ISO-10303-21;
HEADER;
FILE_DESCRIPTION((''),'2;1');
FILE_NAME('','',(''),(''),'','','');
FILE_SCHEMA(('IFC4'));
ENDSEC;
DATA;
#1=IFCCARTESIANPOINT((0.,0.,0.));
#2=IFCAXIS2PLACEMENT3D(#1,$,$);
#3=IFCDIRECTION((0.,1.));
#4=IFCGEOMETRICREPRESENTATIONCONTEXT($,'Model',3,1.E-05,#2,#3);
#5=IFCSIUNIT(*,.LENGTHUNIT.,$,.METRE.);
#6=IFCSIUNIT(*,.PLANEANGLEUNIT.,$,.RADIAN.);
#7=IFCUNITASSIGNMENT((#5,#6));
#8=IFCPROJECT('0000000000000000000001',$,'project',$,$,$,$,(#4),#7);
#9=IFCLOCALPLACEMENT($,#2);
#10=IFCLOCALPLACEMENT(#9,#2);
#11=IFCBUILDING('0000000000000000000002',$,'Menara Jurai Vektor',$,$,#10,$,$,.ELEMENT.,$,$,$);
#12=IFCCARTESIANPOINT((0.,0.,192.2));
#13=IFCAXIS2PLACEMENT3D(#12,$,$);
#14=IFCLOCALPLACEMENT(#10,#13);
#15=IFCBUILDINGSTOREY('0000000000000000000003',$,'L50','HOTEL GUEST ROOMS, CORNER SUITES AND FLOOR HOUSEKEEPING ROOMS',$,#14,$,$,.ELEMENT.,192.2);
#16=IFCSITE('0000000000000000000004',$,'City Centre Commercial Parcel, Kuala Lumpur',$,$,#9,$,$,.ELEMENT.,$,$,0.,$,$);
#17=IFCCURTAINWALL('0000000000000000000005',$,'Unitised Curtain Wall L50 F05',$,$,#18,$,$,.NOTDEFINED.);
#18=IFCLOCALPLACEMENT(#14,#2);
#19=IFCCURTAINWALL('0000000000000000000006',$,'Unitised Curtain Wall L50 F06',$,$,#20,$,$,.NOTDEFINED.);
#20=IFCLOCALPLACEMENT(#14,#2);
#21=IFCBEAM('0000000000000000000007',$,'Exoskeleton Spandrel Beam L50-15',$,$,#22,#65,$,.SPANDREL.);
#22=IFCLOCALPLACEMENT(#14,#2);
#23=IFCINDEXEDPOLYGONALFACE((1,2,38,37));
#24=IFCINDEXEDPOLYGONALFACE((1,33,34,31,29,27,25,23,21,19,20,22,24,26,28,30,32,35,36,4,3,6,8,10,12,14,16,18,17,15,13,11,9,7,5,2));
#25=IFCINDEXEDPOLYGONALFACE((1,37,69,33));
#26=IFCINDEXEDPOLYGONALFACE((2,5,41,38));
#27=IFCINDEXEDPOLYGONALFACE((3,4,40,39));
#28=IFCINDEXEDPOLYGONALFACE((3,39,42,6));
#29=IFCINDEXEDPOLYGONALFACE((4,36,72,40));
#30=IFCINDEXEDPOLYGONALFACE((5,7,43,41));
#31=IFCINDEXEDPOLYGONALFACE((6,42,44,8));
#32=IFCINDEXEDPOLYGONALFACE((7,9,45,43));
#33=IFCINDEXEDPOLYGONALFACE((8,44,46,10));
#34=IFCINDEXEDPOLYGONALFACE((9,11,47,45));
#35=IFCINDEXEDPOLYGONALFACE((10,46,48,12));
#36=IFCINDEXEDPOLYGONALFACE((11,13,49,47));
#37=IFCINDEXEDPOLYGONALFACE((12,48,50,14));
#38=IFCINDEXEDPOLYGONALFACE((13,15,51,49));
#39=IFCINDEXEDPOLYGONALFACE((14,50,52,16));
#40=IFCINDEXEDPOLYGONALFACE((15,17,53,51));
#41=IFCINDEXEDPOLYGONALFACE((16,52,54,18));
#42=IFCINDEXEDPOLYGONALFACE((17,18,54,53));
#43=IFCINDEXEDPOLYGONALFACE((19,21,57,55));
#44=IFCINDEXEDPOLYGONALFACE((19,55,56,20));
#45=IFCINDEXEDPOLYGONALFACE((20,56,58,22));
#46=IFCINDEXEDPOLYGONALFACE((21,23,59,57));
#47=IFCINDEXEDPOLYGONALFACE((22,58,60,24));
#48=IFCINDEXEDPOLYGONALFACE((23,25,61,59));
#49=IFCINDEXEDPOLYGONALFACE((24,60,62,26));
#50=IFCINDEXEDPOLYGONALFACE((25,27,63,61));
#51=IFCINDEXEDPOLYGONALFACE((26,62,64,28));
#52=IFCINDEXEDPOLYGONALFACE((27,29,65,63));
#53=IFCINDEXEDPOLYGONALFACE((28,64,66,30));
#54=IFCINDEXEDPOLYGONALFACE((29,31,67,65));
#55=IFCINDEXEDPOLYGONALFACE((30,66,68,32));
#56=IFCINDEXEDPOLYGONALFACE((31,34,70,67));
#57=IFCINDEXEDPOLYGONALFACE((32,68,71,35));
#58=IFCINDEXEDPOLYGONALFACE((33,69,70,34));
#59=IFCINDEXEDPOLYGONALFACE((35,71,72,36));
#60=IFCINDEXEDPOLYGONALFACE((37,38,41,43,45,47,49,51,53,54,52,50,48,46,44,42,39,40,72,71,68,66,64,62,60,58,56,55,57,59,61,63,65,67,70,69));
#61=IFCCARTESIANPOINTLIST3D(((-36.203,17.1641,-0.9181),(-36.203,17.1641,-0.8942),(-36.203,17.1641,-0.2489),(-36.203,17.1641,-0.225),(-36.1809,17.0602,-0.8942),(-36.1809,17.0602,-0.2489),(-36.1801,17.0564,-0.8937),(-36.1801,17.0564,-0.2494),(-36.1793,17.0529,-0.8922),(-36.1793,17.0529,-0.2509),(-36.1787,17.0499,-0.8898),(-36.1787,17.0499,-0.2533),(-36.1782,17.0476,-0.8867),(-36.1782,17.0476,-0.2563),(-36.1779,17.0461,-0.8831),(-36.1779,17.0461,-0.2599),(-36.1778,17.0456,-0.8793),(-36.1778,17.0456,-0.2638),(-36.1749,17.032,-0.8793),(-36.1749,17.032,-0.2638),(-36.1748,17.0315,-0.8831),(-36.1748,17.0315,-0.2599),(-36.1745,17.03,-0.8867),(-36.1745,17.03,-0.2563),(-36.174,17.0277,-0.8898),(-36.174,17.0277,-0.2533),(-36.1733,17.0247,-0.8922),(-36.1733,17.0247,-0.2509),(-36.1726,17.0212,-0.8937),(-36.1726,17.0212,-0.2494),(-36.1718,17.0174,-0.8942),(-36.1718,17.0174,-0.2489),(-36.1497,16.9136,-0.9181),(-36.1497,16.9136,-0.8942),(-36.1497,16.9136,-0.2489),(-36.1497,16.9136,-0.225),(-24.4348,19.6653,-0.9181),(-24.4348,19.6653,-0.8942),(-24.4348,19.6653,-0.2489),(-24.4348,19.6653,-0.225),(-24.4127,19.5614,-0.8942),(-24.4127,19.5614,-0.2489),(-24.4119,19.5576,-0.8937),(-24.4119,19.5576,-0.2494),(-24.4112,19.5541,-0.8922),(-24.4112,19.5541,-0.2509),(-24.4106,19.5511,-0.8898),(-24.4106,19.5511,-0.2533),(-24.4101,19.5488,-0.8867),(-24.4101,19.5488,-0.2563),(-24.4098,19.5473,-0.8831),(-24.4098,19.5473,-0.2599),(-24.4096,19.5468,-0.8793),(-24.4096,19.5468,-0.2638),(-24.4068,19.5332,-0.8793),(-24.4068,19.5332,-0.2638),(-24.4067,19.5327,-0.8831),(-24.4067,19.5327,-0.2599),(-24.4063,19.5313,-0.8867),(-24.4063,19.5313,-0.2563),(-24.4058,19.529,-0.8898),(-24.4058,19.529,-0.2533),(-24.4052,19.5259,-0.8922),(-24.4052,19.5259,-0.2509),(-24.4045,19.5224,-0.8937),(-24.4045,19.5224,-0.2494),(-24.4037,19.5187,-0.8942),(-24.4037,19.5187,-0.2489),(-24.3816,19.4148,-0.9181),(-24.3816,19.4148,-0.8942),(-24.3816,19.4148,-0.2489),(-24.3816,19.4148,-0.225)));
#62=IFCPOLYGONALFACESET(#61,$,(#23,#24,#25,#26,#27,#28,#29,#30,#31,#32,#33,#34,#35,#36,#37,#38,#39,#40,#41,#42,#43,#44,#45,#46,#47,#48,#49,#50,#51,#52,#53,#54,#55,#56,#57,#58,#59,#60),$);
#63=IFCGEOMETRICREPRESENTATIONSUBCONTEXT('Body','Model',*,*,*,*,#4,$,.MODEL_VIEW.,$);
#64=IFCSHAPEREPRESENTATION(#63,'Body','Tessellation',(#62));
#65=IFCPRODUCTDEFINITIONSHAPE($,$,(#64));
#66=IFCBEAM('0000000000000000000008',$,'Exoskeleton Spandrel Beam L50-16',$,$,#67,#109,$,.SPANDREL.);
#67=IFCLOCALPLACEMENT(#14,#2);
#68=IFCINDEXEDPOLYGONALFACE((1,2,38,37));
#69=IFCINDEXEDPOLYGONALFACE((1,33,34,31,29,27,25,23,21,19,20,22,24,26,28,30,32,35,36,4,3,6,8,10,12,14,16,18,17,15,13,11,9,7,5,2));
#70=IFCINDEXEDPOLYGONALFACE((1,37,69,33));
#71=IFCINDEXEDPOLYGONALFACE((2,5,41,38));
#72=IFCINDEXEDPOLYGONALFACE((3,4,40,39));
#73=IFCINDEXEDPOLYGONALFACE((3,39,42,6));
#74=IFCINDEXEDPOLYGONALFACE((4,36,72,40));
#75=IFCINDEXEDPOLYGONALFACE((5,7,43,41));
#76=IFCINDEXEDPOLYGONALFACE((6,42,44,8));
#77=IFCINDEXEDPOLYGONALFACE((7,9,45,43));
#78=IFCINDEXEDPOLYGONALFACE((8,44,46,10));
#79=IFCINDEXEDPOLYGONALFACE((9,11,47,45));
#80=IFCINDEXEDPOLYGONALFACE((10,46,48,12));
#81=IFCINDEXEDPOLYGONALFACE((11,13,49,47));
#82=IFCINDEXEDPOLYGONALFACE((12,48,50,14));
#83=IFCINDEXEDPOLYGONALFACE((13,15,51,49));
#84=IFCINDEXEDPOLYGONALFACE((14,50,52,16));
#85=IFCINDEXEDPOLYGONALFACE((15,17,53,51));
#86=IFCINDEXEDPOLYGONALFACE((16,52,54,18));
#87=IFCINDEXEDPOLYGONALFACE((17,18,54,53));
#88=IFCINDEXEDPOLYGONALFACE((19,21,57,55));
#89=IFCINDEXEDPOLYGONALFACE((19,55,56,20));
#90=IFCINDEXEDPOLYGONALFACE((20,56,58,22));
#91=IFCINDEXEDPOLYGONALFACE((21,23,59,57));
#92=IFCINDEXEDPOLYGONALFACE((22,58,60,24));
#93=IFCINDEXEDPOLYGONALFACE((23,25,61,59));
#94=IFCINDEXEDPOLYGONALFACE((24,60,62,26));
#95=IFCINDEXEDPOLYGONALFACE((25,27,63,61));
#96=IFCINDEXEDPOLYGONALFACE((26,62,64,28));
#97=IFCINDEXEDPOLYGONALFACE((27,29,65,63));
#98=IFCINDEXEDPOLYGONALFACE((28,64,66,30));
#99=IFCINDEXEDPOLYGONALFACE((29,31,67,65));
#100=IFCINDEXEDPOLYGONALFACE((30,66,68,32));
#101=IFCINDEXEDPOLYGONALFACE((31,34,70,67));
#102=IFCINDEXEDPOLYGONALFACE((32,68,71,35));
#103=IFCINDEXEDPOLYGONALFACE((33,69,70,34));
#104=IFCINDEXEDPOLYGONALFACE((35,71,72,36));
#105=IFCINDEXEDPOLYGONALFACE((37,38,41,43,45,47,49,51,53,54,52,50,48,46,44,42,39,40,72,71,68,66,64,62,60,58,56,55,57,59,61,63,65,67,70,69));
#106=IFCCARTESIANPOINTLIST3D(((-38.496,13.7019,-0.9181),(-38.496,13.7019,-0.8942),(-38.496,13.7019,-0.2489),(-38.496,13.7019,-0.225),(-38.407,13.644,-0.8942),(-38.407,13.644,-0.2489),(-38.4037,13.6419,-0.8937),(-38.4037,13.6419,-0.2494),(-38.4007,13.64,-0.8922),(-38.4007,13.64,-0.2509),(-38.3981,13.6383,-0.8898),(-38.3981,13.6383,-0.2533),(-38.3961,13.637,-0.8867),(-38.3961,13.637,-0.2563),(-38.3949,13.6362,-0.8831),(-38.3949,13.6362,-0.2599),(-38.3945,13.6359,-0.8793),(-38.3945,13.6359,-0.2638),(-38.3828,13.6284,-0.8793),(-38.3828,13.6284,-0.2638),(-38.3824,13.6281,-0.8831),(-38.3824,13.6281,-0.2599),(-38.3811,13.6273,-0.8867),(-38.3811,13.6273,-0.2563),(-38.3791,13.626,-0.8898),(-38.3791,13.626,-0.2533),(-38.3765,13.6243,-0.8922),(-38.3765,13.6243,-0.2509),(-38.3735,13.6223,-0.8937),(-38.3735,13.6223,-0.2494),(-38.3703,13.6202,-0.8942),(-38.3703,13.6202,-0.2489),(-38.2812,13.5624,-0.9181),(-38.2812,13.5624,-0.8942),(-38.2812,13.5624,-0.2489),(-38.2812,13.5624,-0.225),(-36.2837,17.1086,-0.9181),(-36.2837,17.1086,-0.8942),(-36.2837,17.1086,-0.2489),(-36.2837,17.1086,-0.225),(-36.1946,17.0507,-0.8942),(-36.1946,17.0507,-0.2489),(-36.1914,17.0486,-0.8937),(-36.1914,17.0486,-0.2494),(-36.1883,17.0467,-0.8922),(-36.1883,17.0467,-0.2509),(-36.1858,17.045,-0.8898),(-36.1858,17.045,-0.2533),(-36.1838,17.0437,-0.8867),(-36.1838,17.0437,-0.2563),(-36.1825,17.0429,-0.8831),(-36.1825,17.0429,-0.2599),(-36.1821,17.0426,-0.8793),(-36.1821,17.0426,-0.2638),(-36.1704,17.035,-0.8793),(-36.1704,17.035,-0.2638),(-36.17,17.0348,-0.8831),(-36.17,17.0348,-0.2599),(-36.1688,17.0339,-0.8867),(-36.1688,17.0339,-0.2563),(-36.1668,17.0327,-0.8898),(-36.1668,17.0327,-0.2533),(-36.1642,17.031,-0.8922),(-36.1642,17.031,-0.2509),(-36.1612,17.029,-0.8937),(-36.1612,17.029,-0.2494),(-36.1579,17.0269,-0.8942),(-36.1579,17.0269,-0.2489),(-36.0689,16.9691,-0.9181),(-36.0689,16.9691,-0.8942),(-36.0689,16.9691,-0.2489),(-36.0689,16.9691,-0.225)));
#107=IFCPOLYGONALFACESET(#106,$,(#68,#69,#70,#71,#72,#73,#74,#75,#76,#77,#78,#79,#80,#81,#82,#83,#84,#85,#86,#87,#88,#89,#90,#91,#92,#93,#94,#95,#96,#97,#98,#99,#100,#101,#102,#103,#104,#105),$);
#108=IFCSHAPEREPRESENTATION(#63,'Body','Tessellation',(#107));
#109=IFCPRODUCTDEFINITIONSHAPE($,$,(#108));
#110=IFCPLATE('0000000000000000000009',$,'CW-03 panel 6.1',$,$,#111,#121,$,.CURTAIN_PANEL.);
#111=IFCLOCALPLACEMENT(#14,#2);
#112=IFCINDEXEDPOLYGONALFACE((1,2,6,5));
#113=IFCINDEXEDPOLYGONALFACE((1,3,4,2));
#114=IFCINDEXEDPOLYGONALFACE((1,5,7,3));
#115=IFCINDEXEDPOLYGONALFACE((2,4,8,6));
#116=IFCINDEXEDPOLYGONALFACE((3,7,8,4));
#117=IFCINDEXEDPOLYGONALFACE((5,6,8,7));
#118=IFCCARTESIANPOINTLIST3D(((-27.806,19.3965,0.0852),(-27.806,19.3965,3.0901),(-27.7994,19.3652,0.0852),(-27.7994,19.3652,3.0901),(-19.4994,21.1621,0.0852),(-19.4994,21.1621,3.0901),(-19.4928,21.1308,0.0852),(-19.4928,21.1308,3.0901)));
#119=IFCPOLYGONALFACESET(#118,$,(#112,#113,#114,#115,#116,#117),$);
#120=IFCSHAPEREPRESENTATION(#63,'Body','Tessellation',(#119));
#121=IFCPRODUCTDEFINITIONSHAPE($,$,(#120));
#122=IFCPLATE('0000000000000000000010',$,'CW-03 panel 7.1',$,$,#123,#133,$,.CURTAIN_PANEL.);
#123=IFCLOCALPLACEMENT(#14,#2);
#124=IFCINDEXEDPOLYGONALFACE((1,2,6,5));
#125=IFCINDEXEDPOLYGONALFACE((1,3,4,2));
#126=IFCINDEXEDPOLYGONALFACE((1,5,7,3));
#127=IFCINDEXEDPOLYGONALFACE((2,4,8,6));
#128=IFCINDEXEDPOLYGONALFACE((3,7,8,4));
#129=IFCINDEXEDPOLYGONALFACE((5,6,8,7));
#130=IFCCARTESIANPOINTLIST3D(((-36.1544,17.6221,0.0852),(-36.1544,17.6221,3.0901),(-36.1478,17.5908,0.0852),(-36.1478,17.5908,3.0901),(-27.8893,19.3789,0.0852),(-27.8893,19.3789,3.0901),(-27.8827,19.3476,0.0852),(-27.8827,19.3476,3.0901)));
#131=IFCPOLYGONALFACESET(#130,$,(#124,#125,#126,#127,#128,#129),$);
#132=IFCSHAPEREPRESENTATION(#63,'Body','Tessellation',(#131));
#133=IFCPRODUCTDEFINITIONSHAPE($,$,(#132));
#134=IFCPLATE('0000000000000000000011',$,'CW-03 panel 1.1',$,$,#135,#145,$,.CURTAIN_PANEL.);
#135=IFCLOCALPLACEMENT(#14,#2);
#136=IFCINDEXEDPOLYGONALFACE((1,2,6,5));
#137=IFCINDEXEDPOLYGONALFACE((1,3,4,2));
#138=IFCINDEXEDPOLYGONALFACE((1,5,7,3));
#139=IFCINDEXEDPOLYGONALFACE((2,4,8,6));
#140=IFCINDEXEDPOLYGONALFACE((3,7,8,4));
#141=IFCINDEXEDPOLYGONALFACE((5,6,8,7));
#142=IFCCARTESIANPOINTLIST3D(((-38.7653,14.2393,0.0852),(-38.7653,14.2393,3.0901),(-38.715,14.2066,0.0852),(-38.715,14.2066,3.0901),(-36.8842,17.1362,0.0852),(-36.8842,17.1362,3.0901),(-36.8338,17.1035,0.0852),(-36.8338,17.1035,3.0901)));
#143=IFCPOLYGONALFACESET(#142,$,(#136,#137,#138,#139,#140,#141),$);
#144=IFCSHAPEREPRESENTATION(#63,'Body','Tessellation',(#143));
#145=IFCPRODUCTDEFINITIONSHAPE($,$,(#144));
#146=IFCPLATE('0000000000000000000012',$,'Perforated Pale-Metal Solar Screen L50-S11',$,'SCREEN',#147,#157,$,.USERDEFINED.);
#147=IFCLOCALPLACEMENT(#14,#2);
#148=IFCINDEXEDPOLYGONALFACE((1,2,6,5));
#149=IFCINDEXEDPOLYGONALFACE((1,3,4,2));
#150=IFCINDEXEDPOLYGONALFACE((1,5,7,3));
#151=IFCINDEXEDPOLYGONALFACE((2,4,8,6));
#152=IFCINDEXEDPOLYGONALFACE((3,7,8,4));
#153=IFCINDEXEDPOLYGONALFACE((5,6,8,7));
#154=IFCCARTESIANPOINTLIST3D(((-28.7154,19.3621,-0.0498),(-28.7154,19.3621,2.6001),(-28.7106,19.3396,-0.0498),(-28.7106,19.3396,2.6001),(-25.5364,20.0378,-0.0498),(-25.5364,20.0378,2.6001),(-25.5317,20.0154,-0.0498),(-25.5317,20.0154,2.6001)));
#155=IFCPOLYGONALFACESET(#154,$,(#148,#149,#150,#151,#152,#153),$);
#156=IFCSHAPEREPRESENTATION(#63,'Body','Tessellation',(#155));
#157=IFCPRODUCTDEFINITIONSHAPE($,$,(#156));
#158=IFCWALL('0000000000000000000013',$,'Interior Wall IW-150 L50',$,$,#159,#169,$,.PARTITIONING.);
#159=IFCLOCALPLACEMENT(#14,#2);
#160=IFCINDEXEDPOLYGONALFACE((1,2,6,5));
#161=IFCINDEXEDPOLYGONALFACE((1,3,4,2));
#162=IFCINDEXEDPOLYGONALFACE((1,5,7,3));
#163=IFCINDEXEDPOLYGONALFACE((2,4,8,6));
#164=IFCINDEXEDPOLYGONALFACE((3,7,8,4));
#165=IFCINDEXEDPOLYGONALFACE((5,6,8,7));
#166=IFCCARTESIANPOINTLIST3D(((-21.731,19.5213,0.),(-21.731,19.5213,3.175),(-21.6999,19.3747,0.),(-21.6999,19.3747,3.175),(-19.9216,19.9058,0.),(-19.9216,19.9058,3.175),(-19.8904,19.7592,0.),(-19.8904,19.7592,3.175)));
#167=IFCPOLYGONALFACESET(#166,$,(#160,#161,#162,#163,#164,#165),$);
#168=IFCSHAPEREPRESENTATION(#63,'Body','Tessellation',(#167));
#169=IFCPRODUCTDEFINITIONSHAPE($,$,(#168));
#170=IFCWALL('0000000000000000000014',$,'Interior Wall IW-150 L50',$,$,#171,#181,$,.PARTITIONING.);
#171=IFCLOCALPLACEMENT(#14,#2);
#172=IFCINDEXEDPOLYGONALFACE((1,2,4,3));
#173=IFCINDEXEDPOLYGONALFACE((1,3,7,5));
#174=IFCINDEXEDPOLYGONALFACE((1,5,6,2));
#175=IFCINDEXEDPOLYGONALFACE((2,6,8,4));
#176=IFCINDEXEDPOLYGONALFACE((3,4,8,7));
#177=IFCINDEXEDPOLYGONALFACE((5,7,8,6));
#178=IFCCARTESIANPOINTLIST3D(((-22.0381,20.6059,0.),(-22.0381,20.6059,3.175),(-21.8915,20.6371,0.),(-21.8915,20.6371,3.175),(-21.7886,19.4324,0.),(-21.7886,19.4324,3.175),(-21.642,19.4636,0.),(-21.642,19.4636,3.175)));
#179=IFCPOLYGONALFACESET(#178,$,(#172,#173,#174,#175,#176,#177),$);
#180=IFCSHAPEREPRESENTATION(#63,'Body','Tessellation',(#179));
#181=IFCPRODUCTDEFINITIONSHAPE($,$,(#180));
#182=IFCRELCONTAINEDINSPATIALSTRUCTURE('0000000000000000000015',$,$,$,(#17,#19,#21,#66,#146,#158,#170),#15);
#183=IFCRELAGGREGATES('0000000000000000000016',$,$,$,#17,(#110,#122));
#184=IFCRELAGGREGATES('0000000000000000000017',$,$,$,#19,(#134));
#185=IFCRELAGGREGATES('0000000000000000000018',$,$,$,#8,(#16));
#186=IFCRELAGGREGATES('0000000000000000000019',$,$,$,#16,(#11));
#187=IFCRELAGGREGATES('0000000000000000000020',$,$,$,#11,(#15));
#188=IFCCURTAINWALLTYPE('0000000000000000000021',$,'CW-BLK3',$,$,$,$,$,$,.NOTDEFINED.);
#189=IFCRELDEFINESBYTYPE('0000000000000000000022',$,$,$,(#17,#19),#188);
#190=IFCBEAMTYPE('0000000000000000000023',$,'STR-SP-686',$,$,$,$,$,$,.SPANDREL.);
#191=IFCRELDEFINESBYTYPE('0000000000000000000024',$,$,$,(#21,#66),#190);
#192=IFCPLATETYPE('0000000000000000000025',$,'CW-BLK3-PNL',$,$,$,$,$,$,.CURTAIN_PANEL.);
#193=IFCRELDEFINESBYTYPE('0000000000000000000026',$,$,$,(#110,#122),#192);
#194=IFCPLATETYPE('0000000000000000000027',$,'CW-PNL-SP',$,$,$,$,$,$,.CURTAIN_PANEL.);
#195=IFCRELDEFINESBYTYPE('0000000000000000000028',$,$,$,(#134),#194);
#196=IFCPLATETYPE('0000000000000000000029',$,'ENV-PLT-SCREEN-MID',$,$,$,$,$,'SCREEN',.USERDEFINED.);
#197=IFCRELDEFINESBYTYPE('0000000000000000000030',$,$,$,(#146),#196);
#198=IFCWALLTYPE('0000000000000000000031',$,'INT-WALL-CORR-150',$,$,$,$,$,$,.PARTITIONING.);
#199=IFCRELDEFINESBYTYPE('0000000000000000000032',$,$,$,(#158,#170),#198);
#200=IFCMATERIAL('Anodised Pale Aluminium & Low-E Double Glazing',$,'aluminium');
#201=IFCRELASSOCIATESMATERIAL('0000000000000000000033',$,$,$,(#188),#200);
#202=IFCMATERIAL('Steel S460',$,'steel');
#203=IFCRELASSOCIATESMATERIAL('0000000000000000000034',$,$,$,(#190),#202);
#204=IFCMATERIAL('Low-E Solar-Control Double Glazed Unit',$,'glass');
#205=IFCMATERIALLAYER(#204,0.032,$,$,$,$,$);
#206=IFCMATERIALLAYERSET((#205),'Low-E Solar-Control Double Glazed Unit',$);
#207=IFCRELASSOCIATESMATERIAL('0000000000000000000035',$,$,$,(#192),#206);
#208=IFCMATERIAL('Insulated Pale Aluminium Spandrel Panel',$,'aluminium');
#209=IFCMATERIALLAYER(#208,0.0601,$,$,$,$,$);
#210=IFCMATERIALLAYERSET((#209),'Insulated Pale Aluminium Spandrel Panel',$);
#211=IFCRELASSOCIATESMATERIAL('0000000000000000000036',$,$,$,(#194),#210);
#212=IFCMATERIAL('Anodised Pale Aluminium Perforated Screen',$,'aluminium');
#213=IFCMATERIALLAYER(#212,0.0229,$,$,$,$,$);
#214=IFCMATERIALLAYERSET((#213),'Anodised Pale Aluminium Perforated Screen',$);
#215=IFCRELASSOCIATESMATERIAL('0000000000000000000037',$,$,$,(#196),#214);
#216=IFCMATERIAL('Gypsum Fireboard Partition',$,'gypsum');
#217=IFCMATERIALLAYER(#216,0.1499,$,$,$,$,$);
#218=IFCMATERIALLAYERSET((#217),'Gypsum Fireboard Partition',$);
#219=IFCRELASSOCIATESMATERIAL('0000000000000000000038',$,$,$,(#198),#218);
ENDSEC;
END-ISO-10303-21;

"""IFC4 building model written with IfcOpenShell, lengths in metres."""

from ifc_helpers import new_model, si_unit, direction, frame, frame_2d, origin, origin_2d, place, context, subcontext, project, spatial, rectangle, i_section, extrude, material, layer, layer_set, material_profile, profile_set, type_object, element, aggregate, save


model = new_model("IFC4")

# Units and contexts
model_context = context("Model", 3, precision=1e-05, world=origin(), true_north=direction((0.0, 1.0)))
body_context = subcontext(model_context, "Body", "Model", "MODEL_VIEW")
ifc_project = project(units=[si_unit("LENGTHUNIT", "METRE"), si_unit("PLANEANGLEUNIT", "RADIAN")], contexts=[model_context])

# Site, building, storey
site_placement = place(None, origin())
site = spatial("IfcSite", under=ifc_project, at=site_placement, Name="City Centre Commercial Parcel, Kuala Lumpur", CompositionType="ELEMENT", RefElevation=0.0)
building_placement = place(site_placement, origin())
building = spatial("IfcBuilding", under=site, at=building_placement, Name="Menara Jurai Vektor", CompositionType="ELEMENT")
storey_placement = place(building_placement, frame((0.0, 0.0, 192.2)))
storey = spatial("IfcBuildingStorey", under=building, at=storey_placement, Name="L50", Description="HOTEL GUEST ROOMS, CORNER SUITES AND FLOOR HOUSEKEEPING ROOMS", CompositionType="ELEMENT", Elevation=192.2)

# Shared definitions
ifc_material_1 = material(Name="Steel S460", Category="steel")

# Curtain walls
ifc_material_2 = material(Name="Anodised Pale Aluminium & Low-E Double Glazing", Category="aluminium")
curtain_wall_type = type_object("IfcCurtainWallType", Name="CW-BLK3", PredefinedType="NOTDEFINED", material=ifc_material_2)
curtain_wall_1_placement = place(storey_placement, origin())
curtain_wall_1 = element("IfcCurtainWall", 1, at=curtain_wall_1_placement, inside=storey, type_object=curtain_wall_type, Name="Unitised Curtain Wall L50 F05", PredefinedType="NOTDEFINED")
curtain_wall_2_placement = place(storey_placement, origin())
curtain_wall_2 = element("IfcCurtainWall", 2, at=curtain_wall_2_placement, inside=storey, type_object=curtain_wall_type, Name="Unitised Curtain Wall L50 F06", PredefinedType="NOTDEFINED")

# Beams
ifc_material_profile_1 = material_profile(ifc_material_1, i_section(OverallWidth=0.2561, OverallDepth=0.6931, WebThickness=0.0139, FlangeThickness=0.0239, FilletRadius=0.0149, at=origin_2d()), Name="UKB 686x254x170")
ifc_profile_set_1 = profile_set([ifc_material_profile_1], Name="Steel S460")
beam_type_1 = type_object("IfcBeamType", Name="STR-SP-686", PredefinedType="SPANDREL", material=ifc_profile_set_1)
beam_1_placement = place(storey_placement, frame((-24.4082, 19.54, -0.5715), z_axis=(-0.97815, -0.207899, 0.0), x_axis=(0.207899, -0.97815, 0.0)))
element("IfcBeam", 3, at=beam_1_placement, inside=storey, type_object=beam_type_1, Name="Exoskeleton Spandrel Beam L50-15", PredefinedType="SPANDREL", context=body_context, shape_type="SweptSolid", body=[
    extrude(i_section(OverallWidth=0.2561, OverallDepth=0.6931, WebThickness=0.0139, FlangeThickness=0.0239, FilletRadius=0.0149, at=origin_2d()), origin(), (0.0, 0.0, 1.0), 12.031),
])
beam_2_placement = place(storey_placement, frame((-36.1763, 17.0388, -0.5715), z_axis=(-0.544646, -0.838666, 0.0), x_axis=(0.838666, -0.544646, 0.0)))
element("IfcBeam", 4, at=beam_2_placement, inside=storey, type_object=beam_type_1, Name="Exoskeleton Spandrel Beam L50-16", PredefinedType="SPANDREL", context=body_context, shape_type="SweptSolid", body=[
    extrude(i_section(OverallWidth=0.2561, OverallDepth=0.6931, WebThickness=0.0139, FlangeThickness=0.0239, FilletRadius=0.0149, at=origin_2d()), origin(), (0.0, 0.0, 1.0), 4.062),
])

# Plates
ifc_material_3 = material(Name="Low-E Solar-Control Double Glazed Unit", Category="glass")
ifc_layer_1 = layer(ifc_material_3, 0.032)
ifc_layer_set_1 = layer_set([ifc_layer_1], Name="Low-E Solar-Control Double Glazed Unit")
plate_type_1 = type_object("IfcPlateType", Name="CW-BLK3-PNL", PredefinedType="CURTAIN_PANEL", material=ifc_layer_set_1)
plate_1_placement = place(storey_placement, frame((-23.6494, 20.2637, 0.0852), z_axis=(0.0, 0.0, 1.0), x_axis=(-0.978148, -0.207911, 0.0)))
plate_1 = element("IfcPlate", 5, at=plate_1_placement, type_object=plate_type_1, Name="CW-03 panel 6.1", PredefinedType="CURTAIN_PANEL", context=body_context, shape_type="SweptSolid", body=[
    extrude(rectangle(XDim=8.4922, YDim=0.032, at=origin_2d()), origin(), (0.0, 0.0, 1.0), 3.0049),
])
plate_2_placement = place(storey_placement, frame((-32.0186, 18.4849, 0.0852), z_axis=(0.0, 0.0, 1.0), x_axis=(-0.978148, -0.207911, 0.0)))
plate_2 = element("IfcPlate", 6, at=plate_2_placement, type_object=plate_type_1, Name="CW-03 panel 7.1", PredefinedType="CURTAIN_PANEL", context=body_context, shape_type="SweptSolid", body=[
    extrude(rectangle(XDim=8.4497, YDim=0.032, at=origin_2d()), origin(), (0.0, 0.0, 1.0), 3.0049),
])
aggregate(curtain_wall_1, [plate_1, plate_2])
ifc_material_4 = material(Name="Insulated Pale Aluminium Spandrel Panel", Category="aluminium")
ifc_layer_2 = layer(ifc_material_4, 0.0601)
ifc_layer_set_2 = layer_set([ifc_layer_2], Name="Insulated Pale Aluminium Spandrel Panel")
plate_type_2 = type_object("IfcPlateType", Name="CW-PNL-SP", PredefinedType="CURTAIN_PANEL", material=ifc_layer_set_2)
plate_3_placement = place(storey_placement, frame((-37.7996, 15.6714, 0.0852), z_axis=(0.0, 0.0, 1.0), x_axis=(-0.544618, -0.838684, 0.0)))
plate_3 = element("IfcPlate", 7, at=plate_3_placement, type_object=plate_type_2, Name="CW-03 panel 1.1", PredefinedType="CURTAIN_PANEL", context=body_context, shape_type="SweptSolid", body=[
    extrude(rectangle(XDim=3.4541, YDim=0.0601, at=origin_2d()), origin(), (0.0, 0.0, 1.0), 3.0049),
])
aggregate(curtain_wall_2, [plate_3])
ifc_material_5 = material(Name="Anodised Pale Aluminium Perforated Screen", Category="aluminium")
ifc_layer_3 = layer(ifc_material_5, 0.0229)
ifc_layer_set_3 = layer_set([ifc_layer_3], Name="Anodised Pale Aluminium Perforated Screen")
plate_type_3 = type_object("IfcPlateType", Name="ENV-PLT-SCREEN-MID", ElementType="SCREEN", PredefinedType="USERDEFINED", material=ifc_layer_set_3)
plate_4_placement = place(storey_placement, frame((-27.1235, 19.6887, -0.0498), z_axis=(0.0, 0.0, 1.0), x_axis=(-0.978148, -0.207912, 0.0)))
element("IfcPlate", 8, at=plate_4_placement, inside=storey, type_object=plate_type_3, Name="Perforated Pale-Metal Solar Screen L50-S11", ObjectType="SCREEN", PredefinedType="USERDEFINED", context=body_context, shape_type="SweptSolid", body=[
    extrude(rectangle(XDim=3.25, YDim=0.0229, at=origin_2d()), origin(), (0.0, 0.0, 1.0), 2.6499),
])

# Walls
ifc_material_6 = material(Name="Gypsum Fireboard Partition", Category="gypsum")
ifc_layer_4 = layer(ifc_material_6, 0.1499)
ifc_layer_set_4 = layer_set([ifc_layer_4], Name="Gypsum Fireboard Partition")
wall_type = type_object("IfcWallType", Name="INT-WALL-CORR-150", PredefinedType="PARTITIONING", material=ifc_layer_set_4)
wall_1_placement = place(storey_placement, frame((-21.7153, 19.448, 0.0), z_axis=(0.0, 0.0, 1.0), x_axis=(0.97816, 0.207852, 0.0)))
element("IfcWall", 9, at=wall_1_placement, inside=storey, type_object=wall_type, Name="Interior Wall IW-150 L50", PredefinedType="PARTITIONING", context=body_context, shape_type="SweptSolid", body=[
    extrude(rectangle(XDim=1.8499, YDim=0.1499, at=frame_2d((0.9248, 0.0))), origin(), (0.0, 0.0, 1.0), 3.175),
])
wall_2_placement = place(storey_placement, frame((-21.7153, 19.448, 0.0), z_axis=(0.0, 0.0, 1.0), x_axis=(-0.207959, 0.978138, 0.0)))
element("IfcWall", 10, at=wall_2_placement, inside=storey, type_object=wall_type, Name="Interior Wall IW-150 L50", PredefinedType="PARTITIONING", context=body_context, shape_type="SweptSolid", body=[
    extrude(rectangle(XDim=1.1997, YDim=0.1499, at=frame_2d((0.5999, 0.0))), origin(), (0.0, 0.0, 1.0), 3.175),
])

save(model, "model.ifc")
